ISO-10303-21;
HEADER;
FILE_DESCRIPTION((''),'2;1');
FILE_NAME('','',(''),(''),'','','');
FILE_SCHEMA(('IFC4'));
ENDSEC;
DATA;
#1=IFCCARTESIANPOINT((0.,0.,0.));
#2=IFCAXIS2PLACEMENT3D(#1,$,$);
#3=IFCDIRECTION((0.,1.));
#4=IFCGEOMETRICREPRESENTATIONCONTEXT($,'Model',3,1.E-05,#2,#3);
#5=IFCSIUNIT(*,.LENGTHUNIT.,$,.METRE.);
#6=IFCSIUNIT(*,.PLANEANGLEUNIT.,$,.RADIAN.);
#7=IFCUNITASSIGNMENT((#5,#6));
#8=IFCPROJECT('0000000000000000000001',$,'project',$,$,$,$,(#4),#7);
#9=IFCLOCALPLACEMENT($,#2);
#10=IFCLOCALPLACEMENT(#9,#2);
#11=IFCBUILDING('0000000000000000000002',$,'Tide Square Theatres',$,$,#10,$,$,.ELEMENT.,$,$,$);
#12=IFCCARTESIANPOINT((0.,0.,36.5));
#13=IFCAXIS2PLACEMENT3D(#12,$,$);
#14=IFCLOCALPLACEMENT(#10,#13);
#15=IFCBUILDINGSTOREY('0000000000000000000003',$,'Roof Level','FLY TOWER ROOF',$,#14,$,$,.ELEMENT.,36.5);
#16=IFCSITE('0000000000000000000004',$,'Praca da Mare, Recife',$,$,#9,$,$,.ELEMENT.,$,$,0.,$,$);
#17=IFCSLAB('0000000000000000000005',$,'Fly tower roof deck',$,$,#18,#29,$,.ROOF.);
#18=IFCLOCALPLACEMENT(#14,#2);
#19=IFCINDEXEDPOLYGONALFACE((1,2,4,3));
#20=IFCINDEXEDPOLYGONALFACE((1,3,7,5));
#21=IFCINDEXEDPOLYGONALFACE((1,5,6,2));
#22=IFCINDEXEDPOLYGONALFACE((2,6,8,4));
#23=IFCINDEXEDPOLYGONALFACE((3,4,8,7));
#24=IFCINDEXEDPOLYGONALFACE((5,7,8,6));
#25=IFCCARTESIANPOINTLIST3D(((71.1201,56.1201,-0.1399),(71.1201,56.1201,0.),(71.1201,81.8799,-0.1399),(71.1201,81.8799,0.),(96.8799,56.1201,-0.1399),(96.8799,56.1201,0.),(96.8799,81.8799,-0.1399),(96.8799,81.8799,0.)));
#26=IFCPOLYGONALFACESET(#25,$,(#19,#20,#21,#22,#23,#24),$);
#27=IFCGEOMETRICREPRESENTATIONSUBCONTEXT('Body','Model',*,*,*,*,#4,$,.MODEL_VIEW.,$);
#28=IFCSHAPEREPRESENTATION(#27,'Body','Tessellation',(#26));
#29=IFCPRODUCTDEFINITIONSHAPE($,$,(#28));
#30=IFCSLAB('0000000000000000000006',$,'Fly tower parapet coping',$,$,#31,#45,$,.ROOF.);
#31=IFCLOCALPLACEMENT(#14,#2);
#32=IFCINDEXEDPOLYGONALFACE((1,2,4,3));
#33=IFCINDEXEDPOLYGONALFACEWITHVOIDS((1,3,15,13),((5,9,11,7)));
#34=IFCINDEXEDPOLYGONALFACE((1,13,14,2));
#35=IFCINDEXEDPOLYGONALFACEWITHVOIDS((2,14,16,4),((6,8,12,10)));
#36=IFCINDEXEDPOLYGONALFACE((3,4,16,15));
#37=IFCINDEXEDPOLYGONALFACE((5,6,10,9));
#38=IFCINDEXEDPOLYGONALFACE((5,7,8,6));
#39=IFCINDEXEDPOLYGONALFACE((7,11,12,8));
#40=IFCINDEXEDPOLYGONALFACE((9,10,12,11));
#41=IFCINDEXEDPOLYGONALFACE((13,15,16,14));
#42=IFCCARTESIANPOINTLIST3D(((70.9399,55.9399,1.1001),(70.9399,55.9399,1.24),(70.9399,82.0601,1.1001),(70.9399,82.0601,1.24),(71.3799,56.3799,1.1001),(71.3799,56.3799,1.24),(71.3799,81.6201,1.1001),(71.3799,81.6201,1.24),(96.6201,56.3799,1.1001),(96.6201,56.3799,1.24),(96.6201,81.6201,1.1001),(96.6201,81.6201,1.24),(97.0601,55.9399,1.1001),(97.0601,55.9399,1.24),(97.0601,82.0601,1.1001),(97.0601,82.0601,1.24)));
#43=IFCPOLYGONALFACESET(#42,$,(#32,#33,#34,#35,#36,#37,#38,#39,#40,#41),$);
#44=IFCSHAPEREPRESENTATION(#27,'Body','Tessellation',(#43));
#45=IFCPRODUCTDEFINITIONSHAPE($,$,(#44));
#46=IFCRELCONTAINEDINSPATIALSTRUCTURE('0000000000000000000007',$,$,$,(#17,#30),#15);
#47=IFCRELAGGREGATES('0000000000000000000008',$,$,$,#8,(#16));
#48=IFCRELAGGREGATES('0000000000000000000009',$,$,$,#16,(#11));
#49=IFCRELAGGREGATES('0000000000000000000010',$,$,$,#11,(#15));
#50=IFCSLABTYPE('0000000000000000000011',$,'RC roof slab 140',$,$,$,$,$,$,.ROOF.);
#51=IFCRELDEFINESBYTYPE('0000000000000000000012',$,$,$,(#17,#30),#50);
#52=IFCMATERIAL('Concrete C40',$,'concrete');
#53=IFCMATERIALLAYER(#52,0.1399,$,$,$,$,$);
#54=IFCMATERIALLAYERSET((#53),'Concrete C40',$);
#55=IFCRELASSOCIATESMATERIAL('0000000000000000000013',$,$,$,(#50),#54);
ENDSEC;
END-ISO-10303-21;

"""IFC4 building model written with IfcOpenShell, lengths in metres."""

from ifc_helpers import new_model, si_unit, direction, frame, origin, place, context, subcontext, project, spatial, polyline, outline, extrude, material, layer, layer_set, type_object, element, save


model = new_model("IFC4")

# Units and contexts
model_context = context("Model", 3, precision=1e-05, world=origin(), true_north=direction((0.0, 1.0)))
body_context = subcontext(model_context, "Body", "Model", "MODEL_VIEW")
ifc_project = project(units=[si_unit("LENGTHUNIT", "METRE"), si_unit("PLANEANGLEUNIT", "RADIAN")], contexts=[model_context])

# Site, building, storey
site_placement = place(None, origin())
site = spatial("IfcSite", under=ifc_project, at=site_placement, Name="Praca da Mare, Recife", CompositionType="ELEMENT", RefElevation=0.0)
building_placement = place(site_placement, origin())
building = spatial("IfcBuilding", under=site, at=building_placement, Name="Tide Square Theatres", CompositionType="ELEMENT")
storey_placement = place(building_placement, frame((0.0, 0.0, 36.5)))
storey = spatial("IfcBuildingStorey", under=building, at=storey_placement, Name="Roof Level", Description="FLY TOWER ROOF", CompositionType="ELEMENT", Elevation=36.5)

# Slabs
ifc_material = material(Name="Concrete C40", Category="concrete")
ifc_layer = layer(ifc_material, 0.1399)
ifc_layer_set = layer_set([ifc_layer], Name="Concrete C40")
slab_type = type_object("IfcSlabType", Name="RC roof slab 140", PredefinedType="ROOF", material=ifc_layer_set)
slab_1_placement = place(storey_placement, frame((0.0, 0.0, -0.1399)))
element("IfcSlab", 1, at=slab_1_placement, inside=storey, type_object=slab_type, Name="Fly tower roof deck", PredefinedType="ROOF", context=body_context, shape_type="SweptSolid", body=[
    extrude(outline(polyline([(96.8799, 56.1201), (96.8799, 81.8799), (71.1201, 81.8799), (71.1201, 56.1201), (96.8799, 56.1201)])), origin(), (0.0, 0.0, 1.0), 0.1399),
])
slab_2_placement = place(storey_placement, frame((0.0, 0.0, 1.1001)))
element("IfcSlab", 2, at=slab_2_placement, inside=storey, type_object=slab_type, Name="Fly tower parapet coping", PredefinedType="ROOF", context=body_context, shape_type="SweptSolid", body=[
    extrude(outline(polyline([(97.0601, 55.9399), (97.0601, 82.0601), (70.9399, 82.0601), (70.9399, 55.9399), (97.0601, 55.9399)]), holes=[polyline([(96.6201, 81.6201), (71.3799, 81.6201), (71.3799, 56.3799), (96.6201, 56.3799), (96.6201, 81.6201)])]), origin(), (0.0, 0.0, 1.0), 0.1399),
])

save(model, "model.ifc")
